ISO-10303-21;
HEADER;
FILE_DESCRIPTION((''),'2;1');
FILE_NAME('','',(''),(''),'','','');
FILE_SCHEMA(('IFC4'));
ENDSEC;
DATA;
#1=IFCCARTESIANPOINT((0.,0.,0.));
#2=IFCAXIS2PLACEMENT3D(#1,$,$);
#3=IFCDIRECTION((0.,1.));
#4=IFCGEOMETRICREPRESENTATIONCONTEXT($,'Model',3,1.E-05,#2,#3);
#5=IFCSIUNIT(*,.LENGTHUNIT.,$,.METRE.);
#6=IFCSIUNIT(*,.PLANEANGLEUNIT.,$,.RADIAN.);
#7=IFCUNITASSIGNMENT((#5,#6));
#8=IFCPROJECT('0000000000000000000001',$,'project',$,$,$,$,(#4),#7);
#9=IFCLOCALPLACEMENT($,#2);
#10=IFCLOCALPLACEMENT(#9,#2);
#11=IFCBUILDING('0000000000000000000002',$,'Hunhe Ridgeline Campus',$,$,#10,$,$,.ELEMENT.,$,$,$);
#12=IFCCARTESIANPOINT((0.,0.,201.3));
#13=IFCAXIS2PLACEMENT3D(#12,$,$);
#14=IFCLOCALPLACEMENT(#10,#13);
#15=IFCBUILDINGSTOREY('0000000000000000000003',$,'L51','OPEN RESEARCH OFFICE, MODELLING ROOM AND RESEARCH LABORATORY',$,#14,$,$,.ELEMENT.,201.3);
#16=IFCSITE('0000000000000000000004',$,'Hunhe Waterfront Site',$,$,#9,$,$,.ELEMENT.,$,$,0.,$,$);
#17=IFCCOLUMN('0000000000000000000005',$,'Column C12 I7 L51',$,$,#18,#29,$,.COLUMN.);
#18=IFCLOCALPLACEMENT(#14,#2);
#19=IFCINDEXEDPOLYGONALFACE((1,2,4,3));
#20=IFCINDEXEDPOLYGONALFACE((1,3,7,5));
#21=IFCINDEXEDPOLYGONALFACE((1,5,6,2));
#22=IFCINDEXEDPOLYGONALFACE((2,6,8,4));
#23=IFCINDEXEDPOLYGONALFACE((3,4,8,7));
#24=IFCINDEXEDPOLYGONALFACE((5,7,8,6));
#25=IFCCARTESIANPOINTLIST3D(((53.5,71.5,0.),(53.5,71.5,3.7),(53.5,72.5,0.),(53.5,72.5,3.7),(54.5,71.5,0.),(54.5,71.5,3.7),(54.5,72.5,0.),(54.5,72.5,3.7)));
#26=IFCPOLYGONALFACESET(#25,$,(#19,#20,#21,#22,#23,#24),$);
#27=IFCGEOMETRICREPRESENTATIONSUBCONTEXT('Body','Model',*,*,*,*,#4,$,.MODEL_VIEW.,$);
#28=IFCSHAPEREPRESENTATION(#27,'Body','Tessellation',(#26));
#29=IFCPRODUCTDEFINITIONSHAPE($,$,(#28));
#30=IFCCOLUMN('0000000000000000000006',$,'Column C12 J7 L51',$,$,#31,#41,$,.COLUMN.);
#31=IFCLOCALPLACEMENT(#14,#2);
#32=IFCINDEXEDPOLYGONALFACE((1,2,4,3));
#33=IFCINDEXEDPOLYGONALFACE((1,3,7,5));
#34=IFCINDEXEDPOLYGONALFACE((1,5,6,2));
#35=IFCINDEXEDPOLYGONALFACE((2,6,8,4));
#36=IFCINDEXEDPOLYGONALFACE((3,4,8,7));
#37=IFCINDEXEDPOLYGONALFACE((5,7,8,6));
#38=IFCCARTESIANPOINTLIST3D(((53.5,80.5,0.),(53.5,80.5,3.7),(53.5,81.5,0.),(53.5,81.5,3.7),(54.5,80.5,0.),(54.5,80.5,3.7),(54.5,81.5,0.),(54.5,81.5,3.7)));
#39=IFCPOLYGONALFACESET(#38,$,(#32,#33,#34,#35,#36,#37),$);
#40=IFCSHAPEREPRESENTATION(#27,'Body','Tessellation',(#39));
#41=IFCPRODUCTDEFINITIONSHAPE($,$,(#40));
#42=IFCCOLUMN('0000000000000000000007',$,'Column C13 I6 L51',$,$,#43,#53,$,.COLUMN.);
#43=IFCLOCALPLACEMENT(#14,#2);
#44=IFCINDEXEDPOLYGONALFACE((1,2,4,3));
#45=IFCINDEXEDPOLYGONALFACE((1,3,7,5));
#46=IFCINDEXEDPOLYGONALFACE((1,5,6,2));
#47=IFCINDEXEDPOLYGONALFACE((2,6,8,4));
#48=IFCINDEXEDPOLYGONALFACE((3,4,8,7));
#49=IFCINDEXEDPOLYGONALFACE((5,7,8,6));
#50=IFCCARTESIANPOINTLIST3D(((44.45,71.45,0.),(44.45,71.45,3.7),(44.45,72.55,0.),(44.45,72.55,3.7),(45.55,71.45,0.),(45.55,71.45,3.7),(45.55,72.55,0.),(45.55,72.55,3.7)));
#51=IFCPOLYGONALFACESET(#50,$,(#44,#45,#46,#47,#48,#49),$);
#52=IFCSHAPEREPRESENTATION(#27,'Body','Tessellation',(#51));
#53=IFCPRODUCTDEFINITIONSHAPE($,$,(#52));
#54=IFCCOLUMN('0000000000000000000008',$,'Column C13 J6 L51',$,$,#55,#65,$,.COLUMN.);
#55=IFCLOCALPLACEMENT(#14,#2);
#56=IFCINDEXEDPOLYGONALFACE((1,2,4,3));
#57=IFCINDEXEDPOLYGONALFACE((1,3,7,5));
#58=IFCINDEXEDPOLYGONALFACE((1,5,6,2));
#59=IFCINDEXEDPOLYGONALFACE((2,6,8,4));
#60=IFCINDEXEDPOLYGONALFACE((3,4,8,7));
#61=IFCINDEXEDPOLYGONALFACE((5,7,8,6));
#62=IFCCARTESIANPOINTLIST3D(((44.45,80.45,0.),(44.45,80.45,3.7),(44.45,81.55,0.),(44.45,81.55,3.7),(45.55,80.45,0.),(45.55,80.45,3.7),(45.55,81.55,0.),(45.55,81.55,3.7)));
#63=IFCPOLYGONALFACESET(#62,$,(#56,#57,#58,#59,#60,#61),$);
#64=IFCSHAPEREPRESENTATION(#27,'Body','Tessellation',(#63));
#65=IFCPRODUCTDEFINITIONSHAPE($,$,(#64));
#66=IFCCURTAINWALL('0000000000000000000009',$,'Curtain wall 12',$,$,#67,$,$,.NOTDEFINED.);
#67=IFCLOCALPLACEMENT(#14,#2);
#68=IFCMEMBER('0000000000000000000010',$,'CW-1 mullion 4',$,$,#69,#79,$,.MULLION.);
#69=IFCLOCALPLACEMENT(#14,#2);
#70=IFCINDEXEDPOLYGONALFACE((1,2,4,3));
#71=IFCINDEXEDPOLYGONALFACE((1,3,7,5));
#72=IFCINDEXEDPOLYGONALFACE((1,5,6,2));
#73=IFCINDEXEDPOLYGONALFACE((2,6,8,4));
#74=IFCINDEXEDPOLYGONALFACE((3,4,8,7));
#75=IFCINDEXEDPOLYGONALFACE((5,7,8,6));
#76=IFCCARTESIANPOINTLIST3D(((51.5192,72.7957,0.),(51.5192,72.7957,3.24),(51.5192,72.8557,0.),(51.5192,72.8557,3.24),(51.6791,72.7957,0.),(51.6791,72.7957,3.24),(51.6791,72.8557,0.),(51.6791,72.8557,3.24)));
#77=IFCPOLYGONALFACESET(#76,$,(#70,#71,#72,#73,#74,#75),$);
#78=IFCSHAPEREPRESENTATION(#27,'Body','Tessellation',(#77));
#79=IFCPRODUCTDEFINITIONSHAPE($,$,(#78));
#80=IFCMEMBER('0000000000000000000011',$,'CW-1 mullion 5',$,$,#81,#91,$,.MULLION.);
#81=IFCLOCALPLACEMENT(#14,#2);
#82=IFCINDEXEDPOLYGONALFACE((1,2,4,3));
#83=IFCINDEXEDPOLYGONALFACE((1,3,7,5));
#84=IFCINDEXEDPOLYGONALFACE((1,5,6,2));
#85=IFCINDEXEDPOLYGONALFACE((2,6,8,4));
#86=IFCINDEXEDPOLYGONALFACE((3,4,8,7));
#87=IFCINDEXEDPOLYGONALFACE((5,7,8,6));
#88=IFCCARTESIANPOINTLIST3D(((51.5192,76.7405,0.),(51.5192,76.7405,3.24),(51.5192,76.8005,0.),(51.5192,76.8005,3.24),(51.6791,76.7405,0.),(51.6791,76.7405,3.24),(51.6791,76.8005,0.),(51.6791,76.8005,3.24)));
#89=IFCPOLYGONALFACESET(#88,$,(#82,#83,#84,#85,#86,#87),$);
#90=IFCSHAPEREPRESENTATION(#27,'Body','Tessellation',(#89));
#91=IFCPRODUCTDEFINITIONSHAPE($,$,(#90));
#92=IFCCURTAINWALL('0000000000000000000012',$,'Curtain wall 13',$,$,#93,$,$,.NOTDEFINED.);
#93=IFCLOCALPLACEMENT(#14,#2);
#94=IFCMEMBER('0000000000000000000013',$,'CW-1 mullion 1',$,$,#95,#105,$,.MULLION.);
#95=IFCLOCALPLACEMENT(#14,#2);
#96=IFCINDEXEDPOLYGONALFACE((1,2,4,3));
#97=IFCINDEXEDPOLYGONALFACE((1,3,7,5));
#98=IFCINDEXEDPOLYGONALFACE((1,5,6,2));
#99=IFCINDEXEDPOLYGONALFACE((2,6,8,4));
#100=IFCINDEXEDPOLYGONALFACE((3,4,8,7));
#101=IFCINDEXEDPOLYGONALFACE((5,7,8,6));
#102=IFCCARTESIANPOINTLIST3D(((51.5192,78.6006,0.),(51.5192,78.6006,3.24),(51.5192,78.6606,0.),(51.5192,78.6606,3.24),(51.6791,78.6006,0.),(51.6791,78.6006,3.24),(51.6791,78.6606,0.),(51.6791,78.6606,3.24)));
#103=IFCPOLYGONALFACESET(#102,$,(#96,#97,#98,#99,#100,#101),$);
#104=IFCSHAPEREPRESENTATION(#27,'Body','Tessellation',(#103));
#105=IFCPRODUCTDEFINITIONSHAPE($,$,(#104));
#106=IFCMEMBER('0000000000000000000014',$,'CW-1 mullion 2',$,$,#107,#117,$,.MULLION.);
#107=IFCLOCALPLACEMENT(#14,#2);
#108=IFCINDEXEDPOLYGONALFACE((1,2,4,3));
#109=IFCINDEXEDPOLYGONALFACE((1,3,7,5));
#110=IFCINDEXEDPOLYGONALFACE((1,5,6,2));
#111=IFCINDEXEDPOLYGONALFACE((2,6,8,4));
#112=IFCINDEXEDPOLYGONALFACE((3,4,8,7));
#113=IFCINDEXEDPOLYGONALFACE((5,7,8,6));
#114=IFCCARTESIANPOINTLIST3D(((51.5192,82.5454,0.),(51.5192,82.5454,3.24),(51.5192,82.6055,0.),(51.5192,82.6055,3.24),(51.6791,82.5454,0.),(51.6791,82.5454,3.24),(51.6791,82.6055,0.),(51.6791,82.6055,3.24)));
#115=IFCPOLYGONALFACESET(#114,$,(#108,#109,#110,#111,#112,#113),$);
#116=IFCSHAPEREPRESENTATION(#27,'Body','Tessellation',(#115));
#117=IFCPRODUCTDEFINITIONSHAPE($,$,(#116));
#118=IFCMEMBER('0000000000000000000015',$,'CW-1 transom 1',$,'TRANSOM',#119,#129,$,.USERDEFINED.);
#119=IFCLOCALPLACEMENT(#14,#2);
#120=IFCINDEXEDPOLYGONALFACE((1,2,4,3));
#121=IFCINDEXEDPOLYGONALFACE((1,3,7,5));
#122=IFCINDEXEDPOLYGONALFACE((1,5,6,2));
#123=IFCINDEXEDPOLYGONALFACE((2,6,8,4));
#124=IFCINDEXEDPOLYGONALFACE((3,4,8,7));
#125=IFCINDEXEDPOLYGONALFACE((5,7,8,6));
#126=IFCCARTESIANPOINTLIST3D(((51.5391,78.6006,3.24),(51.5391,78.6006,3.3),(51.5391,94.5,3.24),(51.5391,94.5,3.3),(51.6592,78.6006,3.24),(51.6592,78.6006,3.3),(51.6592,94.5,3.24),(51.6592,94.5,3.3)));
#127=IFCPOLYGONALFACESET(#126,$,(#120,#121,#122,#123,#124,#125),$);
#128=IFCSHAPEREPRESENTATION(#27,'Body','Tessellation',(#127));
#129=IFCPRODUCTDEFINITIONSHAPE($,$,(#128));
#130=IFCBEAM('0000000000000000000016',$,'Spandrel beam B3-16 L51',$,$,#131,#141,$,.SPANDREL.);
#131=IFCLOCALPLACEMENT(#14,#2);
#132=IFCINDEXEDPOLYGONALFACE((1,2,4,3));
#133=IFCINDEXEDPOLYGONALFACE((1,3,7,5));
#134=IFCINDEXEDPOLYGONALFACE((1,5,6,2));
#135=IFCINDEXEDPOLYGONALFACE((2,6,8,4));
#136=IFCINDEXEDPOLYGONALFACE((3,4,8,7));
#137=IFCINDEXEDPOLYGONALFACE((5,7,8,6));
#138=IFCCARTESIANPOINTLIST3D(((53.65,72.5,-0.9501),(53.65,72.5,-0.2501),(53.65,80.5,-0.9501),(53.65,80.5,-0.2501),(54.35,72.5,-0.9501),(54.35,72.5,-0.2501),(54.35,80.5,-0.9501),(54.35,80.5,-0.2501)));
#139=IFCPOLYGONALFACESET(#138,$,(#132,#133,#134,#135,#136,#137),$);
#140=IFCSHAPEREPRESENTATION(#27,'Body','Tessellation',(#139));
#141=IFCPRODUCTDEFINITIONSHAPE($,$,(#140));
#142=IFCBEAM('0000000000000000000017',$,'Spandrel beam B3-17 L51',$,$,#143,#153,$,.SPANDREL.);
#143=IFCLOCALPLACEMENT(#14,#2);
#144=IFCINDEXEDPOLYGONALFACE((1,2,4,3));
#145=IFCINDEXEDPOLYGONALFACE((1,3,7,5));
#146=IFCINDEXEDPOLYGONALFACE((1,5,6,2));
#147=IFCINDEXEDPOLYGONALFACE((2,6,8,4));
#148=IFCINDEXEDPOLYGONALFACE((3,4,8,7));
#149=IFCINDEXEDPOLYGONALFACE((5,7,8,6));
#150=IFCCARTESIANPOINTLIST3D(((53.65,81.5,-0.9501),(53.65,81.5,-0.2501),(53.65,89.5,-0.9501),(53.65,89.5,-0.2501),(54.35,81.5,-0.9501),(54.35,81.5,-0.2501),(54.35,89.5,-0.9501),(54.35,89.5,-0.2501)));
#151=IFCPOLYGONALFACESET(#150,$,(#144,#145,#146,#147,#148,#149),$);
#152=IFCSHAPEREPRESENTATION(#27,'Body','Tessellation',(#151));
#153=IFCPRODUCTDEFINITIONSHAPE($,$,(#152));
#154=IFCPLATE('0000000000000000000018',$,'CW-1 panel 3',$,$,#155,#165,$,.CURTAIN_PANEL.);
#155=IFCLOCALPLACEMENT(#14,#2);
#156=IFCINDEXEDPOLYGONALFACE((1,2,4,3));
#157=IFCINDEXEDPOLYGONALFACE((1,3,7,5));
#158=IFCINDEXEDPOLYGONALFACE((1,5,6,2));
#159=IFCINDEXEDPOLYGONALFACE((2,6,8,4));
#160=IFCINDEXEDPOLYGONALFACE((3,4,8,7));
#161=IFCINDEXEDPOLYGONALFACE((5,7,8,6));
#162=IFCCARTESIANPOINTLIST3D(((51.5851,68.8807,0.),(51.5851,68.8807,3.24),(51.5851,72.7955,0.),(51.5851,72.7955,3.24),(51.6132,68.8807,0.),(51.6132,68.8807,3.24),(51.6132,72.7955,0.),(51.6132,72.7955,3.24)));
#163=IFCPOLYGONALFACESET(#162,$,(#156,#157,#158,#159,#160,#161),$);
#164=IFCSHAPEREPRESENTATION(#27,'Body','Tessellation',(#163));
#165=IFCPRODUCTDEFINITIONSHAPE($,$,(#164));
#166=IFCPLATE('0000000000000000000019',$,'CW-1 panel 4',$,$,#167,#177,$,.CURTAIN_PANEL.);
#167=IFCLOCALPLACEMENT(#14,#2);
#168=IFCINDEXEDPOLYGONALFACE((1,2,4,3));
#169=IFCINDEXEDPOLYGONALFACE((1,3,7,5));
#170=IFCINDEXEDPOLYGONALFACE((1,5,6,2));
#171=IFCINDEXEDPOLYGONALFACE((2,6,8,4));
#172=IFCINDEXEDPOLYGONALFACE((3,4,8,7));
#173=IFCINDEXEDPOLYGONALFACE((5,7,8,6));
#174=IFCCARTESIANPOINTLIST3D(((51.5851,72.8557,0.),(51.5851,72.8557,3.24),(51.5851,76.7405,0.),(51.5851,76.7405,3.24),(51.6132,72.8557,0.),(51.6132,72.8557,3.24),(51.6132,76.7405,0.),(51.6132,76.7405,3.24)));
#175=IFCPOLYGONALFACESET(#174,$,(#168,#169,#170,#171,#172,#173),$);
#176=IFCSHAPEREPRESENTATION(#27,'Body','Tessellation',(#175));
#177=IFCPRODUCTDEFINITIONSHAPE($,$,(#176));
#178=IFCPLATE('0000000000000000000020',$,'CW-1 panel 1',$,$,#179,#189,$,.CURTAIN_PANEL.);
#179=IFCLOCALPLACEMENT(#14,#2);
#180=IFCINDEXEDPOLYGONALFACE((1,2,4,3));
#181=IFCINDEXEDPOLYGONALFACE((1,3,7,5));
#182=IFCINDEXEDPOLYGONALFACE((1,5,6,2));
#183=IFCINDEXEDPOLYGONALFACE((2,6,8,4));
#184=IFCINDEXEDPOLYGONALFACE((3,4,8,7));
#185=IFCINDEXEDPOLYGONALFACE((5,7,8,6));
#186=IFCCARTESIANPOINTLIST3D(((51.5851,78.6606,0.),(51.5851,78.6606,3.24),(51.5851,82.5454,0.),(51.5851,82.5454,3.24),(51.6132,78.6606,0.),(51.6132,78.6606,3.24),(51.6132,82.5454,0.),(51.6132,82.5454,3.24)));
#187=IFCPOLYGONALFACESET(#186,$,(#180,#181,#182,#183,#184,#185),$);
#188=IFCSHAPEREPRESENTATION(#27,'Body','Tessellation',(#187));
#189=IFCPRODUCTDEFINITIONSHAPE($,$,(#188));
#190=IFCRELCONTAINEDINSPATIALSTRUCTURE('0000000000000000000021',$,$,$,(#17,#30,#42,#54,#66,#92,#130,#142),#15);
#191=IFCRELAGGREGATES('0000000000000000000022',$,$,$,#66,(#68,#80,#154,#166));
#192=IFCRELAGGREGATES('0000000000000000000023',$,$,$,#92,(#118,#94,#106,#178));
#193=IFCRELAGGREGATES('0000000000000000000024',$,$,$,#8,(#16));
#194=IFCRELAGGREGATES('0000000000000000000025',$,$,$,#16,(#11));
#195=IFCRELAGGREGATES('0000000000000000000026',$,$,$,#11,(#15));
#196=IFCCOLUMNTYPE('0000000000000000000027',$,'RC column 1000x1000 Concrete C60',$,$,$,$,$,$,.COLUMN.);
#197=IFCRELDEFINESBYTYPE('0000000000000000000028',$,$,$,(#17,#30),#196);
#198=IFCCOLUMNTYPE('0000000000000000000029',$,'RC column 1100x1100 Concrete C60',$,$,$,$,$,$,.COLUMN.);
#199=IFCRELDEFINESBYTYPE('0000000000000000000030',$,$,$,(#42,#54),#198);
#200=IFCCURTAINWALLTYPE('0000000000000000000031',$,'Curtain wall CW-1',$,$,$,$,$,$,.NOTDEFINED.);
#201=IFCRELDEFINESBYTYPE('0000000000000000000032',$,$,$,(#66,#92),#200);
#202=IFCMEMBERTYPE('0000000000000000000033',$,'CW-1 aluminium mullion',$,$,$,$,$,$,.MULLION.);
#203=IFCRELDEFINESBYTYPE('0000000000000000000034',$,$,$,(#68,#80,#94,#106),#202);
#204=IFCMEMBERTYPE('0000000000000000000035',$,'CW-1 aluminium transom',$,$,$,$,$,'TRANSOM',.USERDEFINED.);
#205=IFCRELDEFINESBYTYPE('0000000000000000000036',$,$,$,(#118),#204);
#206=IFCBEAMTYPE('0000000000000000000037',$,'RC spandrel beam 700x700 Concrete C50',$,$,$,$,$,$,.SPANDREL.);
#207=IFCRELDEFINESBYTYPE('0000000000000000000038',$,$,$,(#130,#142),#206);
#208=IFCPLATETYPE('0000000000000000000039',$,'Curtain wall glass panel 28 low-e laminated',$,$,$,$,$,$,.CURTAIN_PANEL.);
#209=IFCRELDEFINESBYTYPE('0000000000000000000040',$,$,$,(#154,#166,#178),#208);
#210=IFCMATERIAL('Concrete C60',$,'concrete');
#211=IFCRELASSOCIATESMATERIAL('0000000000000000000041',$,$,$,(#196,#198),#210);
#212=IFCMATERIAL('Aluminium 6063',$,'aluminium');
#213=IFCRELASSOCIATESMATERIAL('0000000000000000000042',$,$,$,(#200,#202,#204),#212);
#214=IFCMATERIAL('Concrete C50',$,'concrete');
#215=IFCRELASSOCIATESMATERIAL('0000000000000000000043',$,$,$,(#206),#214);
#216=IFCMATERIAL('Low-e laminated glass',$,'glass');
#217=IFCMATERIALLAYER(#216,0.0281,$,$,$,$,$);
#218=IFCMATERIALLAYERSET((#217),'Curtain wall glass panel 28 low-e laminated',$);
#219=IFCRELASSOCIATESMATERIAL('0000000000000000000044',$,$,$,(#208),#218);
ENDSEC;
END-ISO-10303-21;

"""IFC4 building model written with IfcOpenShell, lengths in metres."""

from ifc_helpers import new_model, si_unit, direction, frame, origin, origin_2d, place, context, subcontext, project, spatial, rectangle, extrude, material, layer, layer_set, material_profile, profile_set, type_object, element, aggregate, save


model = new_model("IFC4")

# Units and contexts
model_context = context("Model", 3, precision=1e-05, world=origin(), true_north=direction((0.0, 1.0)))
body_context = subcontext(model_context, "Body", "Model", "MODEL_VIEW")
ifc_project = project(units=[si_unit("LENGTHUNIT", "METRE"), si_unit("PLANEANGLEUNIT", "RADIAN")], contexts=[model_context])

# Site, building, storey
site_placement = place(None, origin())
site = spatial("IfcSite", under=ifc_project, at=site_placement, Name="Hunhe Waterfront Site", CompositionType="ELEMENT", RefElevation=0.0)
building_placement = place(site_placement, origin())
building = spatial("IfcBuilding", under=site, at=building_placement, Name="Hunhe Ridgeline Campus", CompositionType="ELEMENT")
storey_placement = place(building_placement, frame((0.0, 0.0, 201.3)))
storey = spatial("IfcBuildingStorey", under=building, at=storey_placement, Name="L51", Description="OPEN RESEARCH OFFICE, MODELLING ROOM AND RESEARCH LABORATORY", CompositionType="ELEMENT", Elevation=201.3)

# Columns
ifc_material_1 = material(Name="Concrete C60", Category="concrete")
ifc_material_profile_1 = material_profile(ifc_material_1, rectangle(XDim=1.0, YDim=1.0, at=origin_2d()))
ifc_profile_set_1 = profile_set([ifc_material_profile_1], Name="Concrete C60")
column_type_1 = type_object("IfcColumnType", Name="RC column 1000x1000 Concrete C60", PredefinedType="COLUMN", material=ifc_profile_set_1)
for number, where, z_axis, x_axis, name in (
    (1, (54.0, 72.0, 0.0), (0.0, 0.0, 1.0), (1.0, 0.0, 0.0), "Column C12 I7 L51"),
    (2, (54.0, 81.0, 0.0), (0.0, 0.0, 1.0), (1.0, 0.0, 0.0), "Column C12 J7 L51"),
):
    element("IfcColumn", number, at=place(storey_placement, frame(where, z_axis=z_axis, x_axis=x_axis)), inside=storey, type_object=column_type_1, Name=name, PredefinedType="COLUMN", context=body_context, shape_type="SweptSolid", body=[
        extrude(rectangle(XDim=1.0, YDim=1.0, at=origin_2d()), origin(), (0.0, 0.0, 1.0), 3.7),
    ])
ifc_material_profile_2 = material_profile(ifc_material_1, rectangle(XDim=1.1001, YDim=1.1001, at=origin_2d()))
ifc_profile_set_2 = profile_set([ifc_material_profile_2], Name="Concrete C60")
column_type_2 = type_object("IfcColumnType", Name="RC column 1100x1100 Concrete C60", PredefinedType="COLUMN", material=ifc_profile_set_2)
for number, where, z_axis, x_axis, name in (
    (3, (45.0, 72.0, 0.0), (0.0, 0.0, 1.0), (1.0, 0.0, 0.0), "Column C13 I6 L51"),
    (4, (45.0, 81.0, 0.0), (0.0, 0.0, 1.0), (1.0, 0.0, 0.0), "Column C13 J6 L51"),
):
    element("IfcColumn", number, at=place(storey_placement, frame(where, z_axis=z_axis, x_axis=x_axis)), inside=storey, type_object=column_type_2, Name=name, PredefinedType="COLUMN", context=body_context, shape_type="SweptSolid", body=[
        extrude(rectangle(XDim=1.1001, YDim=1.1001, at=origin_2d()), origin(), (0.0, 0.0, 1.0), 3.7),
    ])

# Curtain walls, members
ifc_material_2 = material(Name="Aluminium 6063", Category="aluminium")
curtain_wall_type = type_object("IfcCurtainWallType", Name="Curtain wall CW-1", PredefinedType="NOTDEFINED", material=ifc_material_2)
curtain_wall_1_placement = place(storey_placement, origin())
curtain_wall_1 = element("IfcCurtainWall", 5, at=curtain_wall_1_placement, inside=storey, type_object=curtain_wall_type, Name="Curtain wall 12", PredefinedType="NOTDEFINED")
ifc_material_profile_3 = material_profile(ifc_material_2, rectangle(XDim=0.1599, YDim=0.0601, at=origin_2d()))
ifc_profile_set_3 = profile_set([ifc_material_profile_3], Name="Aluminium 6063")
member_type_1 = type_object("IfcMemberType", Name="CW-1 aluminium mullion", PredefinedType="MULLION", material=ifc_profile_set_3)
member_1_placement = place(storey_placement, frame((51.5991, 72.8257, 0.0), z_axis=(0.0, 0.0, 1.0), x_axis=(-1.0, 0.0, 0.0)))
member_1 = element("IfcMember", 6, at=member_1_placement, type_object=member_type_1, Name="CW-1 mullion 4", PredefinedType="MULLION", context=body_context, shape_type="SweptSolid", body=[
    extrude(rectangle(XDim=0.1599, YDim=0.0601, at=origin_2d()), origin(), (0.0, 0.0, 1.0), 3.24),
])
member_2_placement = place(storey_placement, frame((51.5991, 76.7705, 0.0), z_axis=(0.0, 0.0, 1.0), x_axis=(-1.0, 0.0, 0.0)))
member_2 = element("IfcMember", 7, at=member_2_placement, type_object=member_type_1, Name="CW-1 mullion 5", PredefinedType="MULLION", context=body_context, shape_type="SweptSolid", body=[
    extrude(rectangle(XDim=0.1599, YDim=0.0601, at=origin_2d()), origin(), (0.0, 0.0, 1.0), 3.24),
])
curtain_wall_2_placement = place(storey_placement, origin())
curtain_wall_2 = element("IfcCurtainWall", 8, at=curtain_wall_2_placement, inside=storey, type_object=curtain_wall_type, Name="Curtain wall 13", PredefinedType="NOTDEFINED")
member_3_placement = place(storey_placement, frame((51.5991, 78.6306, 0.0), z_axis=(0.0, 0.0, 1.0), x_axis=(-1.0, 0.0, 0.0)))
member_3 = element("IfcMember", 9, at=member_3_placement, type_object=member_type_1, Name="CW-1 mullion 1", PredefinedType="MULLION", context=body_context, shape_type="SweptSolid", body=[
    extrude(rectangle(XDim=0.1599, YDim=0.0601, at=origin_2d()), origin(), (0.0, 0.0, 1.0), 3.24),
])
member_4_placement = place(storey_placement, frame((51.5991, 82.5754, 0.0), z_axis=(0.0, 0.0, 1.0), x_axis=(-1.0, 0.0, 0.0)))
member_4 = element("IfcMember", 10, at=member_4_placement, type_object=member_type_1, Name="CW-1 mullion 2", PredefinedType="MULLION", context=body_context, shape_type="SweptSolid", body=[
    extrude(rectangle(XDim=0.1599, YDim=0.0601, at=origin_2d()), origin(), (0.0, 0.0, 1.0), 3.24),
])
ifc_material_profile_4 = material_profile(ifc_material_2, rectangle(XDim=0.1201, YDim=0.0601, at=origin_2d()))
ifc_profile_set_4 = profile_set([ifc_material_profile_4], Name="Aluminium 6063")
member_type_2 = type_object("IfcMemberType", Name="CW-1 aluminium transom", ElementType="TRANSOM", PredefinedType="USERDEFINED", material=ifc_profile_set_4)
member_5_placement = place(storey_placement, frame((51.5991, 78.6006, 3.27), z_axis=(0.0, 1.0, 0.0), x_axis=(-1.0, 0.0, 0.0)))
member_5 = element("IfcMember", 11, at=member_5_placement, type_object=member_type_2, Name="CW-1 transom 1", ObjectType="TRANSOM", PredefinedType="USERDEFINED", context=body_context, shape_type="SweptSolid", body=[
    extrude(rectangle(XDim=0.1201, YDim=0.0601, at=origin_2d()), origin(), (0.0, 0.0, 1.0), 15.8994),
])

# Beams
ifc_material_3 = material(Name="Concrete C50", Category="concrete")
ifc_material_profile_5 = material_profile(ifc_material_3, rectangle(XDim=0.7, YDim=0.7, at=origin_2d()))
ifc_profile_set_5 = profile_set([ifc_material_profile_5], Name="Concrete C50")
beam_type = type_object("IfcBeamType", Name="RC spandrel beam 700x700 Concrete C50", PredefinedType="SPANDREL", material=ifc_profile_set_5)
for number, where, z_axis, x_axis, name in (
    (12, (54.0, 72.5, -0.6001), (0.0, 1.0, 0.0), (-1.0, 0.0, 0.0), "Spandrel beam B3-16 L51"),
    (13, (54.0, 81.5, -0.6001), (0.0, 1.0, 0.0), (-1.0, 0.0, 0.0), "Spandrel beam B3-17 L51"),
):
    element("IfcBeam", number, at=place(storey_placement, frame(where, z_axis=z_axis, x_axis=x_axis)), inside=storey, type_object=beam_type, Name=name, PredefinedType="SPANDREL", context=body_context, shape_type="SweptSolid", body=[
        extrude(rectangle(XDim=0.7, YDim=0.7, at=origin_2d()), origin(), (0.0, 0.0, 1.0), 8.0),
    ])

# Plates
ifc_material_4 = material(Name="Low-e laminated glass", Category="glass")
ifc_layer_1 = layer(ifc_material_4, 0.0281)
ifc_layer_set_1 = layer_set([ifc_layer_1], Name="Curtain wall glass panel 28 low-e laminated")
plate_type = type_object("IfcPlateType", Name="Curtain wall glass panel 28 low-e laminated", PredefinedType="CURTAIN_PANEL", material=ifc_layer_set_1)
plate_1_placement = place(storey_placement, frame((51.5991, 70.8381, 0.0), z_axis=(0.0, 0.0, 1.0), x_axis=(0.0, 1.0, 0.0)))
plate_1 = element("IfcPlate", 14, at=plate_1_placement, type_object=plate_type, Name="CW-1 panel 3", PredefinedType="CURTAIN_PANEL", context=body_context, shape_type="SweptSolid", body=[
    extrude(rectangle(XDim=3.9148, YDim=0.0281, at=origin_2d()), origin(), (0.0, 0.0, 1.0), 3.24),
])
plate_2_placement = place(storey_placement, frame((51.5991, 74.7981, 0.0), z_axis=(0.0, 0.0, 1.0), x_axis=(0.0, 1.0, 0.0)))
plate_2 = element("IfcPlate", 15, at=plate_2_placement, type_object=plate_type, Name="CW-1 panel 4", PredefinedType="CURTAIN_PANEL", context=body_context, shape_type="SweptSolid", body=[
    extrude(rectangle(XDim=3.8848, YDim=0.0281, at=origin_2d()), origin(), (0.0, 0.0, 1.0), 3.24),
])
aggregate(curtain_wall_1, [member_1, member_2, plate_1, plate_2])
plate_3_placement = place(storey_placement, frame((51.5991, 80.603, 0.0), z_axis=(0.0, 0.0, 1.0), x_axis=(0.0, 1.0, 0.0)))
plate_3 = element("IfcPlate", 16, at=plate_3_placement, type_object=plate_type, Name="CW-1 panel 1", PredefinedType="CURTAIN_PANEL", context=body_context, shape_type="SweptSolid", body=[
    extrude(rectangle(XDim=3.8848, YDim=0.0281, at=origin_2d()), origin(), (0.0, 0.0, 1.0), 3.24),
])
aggregate(curtain_wall_2, [member_5, member_3, member_4, plate_3])

save(model, "model.ifc")
